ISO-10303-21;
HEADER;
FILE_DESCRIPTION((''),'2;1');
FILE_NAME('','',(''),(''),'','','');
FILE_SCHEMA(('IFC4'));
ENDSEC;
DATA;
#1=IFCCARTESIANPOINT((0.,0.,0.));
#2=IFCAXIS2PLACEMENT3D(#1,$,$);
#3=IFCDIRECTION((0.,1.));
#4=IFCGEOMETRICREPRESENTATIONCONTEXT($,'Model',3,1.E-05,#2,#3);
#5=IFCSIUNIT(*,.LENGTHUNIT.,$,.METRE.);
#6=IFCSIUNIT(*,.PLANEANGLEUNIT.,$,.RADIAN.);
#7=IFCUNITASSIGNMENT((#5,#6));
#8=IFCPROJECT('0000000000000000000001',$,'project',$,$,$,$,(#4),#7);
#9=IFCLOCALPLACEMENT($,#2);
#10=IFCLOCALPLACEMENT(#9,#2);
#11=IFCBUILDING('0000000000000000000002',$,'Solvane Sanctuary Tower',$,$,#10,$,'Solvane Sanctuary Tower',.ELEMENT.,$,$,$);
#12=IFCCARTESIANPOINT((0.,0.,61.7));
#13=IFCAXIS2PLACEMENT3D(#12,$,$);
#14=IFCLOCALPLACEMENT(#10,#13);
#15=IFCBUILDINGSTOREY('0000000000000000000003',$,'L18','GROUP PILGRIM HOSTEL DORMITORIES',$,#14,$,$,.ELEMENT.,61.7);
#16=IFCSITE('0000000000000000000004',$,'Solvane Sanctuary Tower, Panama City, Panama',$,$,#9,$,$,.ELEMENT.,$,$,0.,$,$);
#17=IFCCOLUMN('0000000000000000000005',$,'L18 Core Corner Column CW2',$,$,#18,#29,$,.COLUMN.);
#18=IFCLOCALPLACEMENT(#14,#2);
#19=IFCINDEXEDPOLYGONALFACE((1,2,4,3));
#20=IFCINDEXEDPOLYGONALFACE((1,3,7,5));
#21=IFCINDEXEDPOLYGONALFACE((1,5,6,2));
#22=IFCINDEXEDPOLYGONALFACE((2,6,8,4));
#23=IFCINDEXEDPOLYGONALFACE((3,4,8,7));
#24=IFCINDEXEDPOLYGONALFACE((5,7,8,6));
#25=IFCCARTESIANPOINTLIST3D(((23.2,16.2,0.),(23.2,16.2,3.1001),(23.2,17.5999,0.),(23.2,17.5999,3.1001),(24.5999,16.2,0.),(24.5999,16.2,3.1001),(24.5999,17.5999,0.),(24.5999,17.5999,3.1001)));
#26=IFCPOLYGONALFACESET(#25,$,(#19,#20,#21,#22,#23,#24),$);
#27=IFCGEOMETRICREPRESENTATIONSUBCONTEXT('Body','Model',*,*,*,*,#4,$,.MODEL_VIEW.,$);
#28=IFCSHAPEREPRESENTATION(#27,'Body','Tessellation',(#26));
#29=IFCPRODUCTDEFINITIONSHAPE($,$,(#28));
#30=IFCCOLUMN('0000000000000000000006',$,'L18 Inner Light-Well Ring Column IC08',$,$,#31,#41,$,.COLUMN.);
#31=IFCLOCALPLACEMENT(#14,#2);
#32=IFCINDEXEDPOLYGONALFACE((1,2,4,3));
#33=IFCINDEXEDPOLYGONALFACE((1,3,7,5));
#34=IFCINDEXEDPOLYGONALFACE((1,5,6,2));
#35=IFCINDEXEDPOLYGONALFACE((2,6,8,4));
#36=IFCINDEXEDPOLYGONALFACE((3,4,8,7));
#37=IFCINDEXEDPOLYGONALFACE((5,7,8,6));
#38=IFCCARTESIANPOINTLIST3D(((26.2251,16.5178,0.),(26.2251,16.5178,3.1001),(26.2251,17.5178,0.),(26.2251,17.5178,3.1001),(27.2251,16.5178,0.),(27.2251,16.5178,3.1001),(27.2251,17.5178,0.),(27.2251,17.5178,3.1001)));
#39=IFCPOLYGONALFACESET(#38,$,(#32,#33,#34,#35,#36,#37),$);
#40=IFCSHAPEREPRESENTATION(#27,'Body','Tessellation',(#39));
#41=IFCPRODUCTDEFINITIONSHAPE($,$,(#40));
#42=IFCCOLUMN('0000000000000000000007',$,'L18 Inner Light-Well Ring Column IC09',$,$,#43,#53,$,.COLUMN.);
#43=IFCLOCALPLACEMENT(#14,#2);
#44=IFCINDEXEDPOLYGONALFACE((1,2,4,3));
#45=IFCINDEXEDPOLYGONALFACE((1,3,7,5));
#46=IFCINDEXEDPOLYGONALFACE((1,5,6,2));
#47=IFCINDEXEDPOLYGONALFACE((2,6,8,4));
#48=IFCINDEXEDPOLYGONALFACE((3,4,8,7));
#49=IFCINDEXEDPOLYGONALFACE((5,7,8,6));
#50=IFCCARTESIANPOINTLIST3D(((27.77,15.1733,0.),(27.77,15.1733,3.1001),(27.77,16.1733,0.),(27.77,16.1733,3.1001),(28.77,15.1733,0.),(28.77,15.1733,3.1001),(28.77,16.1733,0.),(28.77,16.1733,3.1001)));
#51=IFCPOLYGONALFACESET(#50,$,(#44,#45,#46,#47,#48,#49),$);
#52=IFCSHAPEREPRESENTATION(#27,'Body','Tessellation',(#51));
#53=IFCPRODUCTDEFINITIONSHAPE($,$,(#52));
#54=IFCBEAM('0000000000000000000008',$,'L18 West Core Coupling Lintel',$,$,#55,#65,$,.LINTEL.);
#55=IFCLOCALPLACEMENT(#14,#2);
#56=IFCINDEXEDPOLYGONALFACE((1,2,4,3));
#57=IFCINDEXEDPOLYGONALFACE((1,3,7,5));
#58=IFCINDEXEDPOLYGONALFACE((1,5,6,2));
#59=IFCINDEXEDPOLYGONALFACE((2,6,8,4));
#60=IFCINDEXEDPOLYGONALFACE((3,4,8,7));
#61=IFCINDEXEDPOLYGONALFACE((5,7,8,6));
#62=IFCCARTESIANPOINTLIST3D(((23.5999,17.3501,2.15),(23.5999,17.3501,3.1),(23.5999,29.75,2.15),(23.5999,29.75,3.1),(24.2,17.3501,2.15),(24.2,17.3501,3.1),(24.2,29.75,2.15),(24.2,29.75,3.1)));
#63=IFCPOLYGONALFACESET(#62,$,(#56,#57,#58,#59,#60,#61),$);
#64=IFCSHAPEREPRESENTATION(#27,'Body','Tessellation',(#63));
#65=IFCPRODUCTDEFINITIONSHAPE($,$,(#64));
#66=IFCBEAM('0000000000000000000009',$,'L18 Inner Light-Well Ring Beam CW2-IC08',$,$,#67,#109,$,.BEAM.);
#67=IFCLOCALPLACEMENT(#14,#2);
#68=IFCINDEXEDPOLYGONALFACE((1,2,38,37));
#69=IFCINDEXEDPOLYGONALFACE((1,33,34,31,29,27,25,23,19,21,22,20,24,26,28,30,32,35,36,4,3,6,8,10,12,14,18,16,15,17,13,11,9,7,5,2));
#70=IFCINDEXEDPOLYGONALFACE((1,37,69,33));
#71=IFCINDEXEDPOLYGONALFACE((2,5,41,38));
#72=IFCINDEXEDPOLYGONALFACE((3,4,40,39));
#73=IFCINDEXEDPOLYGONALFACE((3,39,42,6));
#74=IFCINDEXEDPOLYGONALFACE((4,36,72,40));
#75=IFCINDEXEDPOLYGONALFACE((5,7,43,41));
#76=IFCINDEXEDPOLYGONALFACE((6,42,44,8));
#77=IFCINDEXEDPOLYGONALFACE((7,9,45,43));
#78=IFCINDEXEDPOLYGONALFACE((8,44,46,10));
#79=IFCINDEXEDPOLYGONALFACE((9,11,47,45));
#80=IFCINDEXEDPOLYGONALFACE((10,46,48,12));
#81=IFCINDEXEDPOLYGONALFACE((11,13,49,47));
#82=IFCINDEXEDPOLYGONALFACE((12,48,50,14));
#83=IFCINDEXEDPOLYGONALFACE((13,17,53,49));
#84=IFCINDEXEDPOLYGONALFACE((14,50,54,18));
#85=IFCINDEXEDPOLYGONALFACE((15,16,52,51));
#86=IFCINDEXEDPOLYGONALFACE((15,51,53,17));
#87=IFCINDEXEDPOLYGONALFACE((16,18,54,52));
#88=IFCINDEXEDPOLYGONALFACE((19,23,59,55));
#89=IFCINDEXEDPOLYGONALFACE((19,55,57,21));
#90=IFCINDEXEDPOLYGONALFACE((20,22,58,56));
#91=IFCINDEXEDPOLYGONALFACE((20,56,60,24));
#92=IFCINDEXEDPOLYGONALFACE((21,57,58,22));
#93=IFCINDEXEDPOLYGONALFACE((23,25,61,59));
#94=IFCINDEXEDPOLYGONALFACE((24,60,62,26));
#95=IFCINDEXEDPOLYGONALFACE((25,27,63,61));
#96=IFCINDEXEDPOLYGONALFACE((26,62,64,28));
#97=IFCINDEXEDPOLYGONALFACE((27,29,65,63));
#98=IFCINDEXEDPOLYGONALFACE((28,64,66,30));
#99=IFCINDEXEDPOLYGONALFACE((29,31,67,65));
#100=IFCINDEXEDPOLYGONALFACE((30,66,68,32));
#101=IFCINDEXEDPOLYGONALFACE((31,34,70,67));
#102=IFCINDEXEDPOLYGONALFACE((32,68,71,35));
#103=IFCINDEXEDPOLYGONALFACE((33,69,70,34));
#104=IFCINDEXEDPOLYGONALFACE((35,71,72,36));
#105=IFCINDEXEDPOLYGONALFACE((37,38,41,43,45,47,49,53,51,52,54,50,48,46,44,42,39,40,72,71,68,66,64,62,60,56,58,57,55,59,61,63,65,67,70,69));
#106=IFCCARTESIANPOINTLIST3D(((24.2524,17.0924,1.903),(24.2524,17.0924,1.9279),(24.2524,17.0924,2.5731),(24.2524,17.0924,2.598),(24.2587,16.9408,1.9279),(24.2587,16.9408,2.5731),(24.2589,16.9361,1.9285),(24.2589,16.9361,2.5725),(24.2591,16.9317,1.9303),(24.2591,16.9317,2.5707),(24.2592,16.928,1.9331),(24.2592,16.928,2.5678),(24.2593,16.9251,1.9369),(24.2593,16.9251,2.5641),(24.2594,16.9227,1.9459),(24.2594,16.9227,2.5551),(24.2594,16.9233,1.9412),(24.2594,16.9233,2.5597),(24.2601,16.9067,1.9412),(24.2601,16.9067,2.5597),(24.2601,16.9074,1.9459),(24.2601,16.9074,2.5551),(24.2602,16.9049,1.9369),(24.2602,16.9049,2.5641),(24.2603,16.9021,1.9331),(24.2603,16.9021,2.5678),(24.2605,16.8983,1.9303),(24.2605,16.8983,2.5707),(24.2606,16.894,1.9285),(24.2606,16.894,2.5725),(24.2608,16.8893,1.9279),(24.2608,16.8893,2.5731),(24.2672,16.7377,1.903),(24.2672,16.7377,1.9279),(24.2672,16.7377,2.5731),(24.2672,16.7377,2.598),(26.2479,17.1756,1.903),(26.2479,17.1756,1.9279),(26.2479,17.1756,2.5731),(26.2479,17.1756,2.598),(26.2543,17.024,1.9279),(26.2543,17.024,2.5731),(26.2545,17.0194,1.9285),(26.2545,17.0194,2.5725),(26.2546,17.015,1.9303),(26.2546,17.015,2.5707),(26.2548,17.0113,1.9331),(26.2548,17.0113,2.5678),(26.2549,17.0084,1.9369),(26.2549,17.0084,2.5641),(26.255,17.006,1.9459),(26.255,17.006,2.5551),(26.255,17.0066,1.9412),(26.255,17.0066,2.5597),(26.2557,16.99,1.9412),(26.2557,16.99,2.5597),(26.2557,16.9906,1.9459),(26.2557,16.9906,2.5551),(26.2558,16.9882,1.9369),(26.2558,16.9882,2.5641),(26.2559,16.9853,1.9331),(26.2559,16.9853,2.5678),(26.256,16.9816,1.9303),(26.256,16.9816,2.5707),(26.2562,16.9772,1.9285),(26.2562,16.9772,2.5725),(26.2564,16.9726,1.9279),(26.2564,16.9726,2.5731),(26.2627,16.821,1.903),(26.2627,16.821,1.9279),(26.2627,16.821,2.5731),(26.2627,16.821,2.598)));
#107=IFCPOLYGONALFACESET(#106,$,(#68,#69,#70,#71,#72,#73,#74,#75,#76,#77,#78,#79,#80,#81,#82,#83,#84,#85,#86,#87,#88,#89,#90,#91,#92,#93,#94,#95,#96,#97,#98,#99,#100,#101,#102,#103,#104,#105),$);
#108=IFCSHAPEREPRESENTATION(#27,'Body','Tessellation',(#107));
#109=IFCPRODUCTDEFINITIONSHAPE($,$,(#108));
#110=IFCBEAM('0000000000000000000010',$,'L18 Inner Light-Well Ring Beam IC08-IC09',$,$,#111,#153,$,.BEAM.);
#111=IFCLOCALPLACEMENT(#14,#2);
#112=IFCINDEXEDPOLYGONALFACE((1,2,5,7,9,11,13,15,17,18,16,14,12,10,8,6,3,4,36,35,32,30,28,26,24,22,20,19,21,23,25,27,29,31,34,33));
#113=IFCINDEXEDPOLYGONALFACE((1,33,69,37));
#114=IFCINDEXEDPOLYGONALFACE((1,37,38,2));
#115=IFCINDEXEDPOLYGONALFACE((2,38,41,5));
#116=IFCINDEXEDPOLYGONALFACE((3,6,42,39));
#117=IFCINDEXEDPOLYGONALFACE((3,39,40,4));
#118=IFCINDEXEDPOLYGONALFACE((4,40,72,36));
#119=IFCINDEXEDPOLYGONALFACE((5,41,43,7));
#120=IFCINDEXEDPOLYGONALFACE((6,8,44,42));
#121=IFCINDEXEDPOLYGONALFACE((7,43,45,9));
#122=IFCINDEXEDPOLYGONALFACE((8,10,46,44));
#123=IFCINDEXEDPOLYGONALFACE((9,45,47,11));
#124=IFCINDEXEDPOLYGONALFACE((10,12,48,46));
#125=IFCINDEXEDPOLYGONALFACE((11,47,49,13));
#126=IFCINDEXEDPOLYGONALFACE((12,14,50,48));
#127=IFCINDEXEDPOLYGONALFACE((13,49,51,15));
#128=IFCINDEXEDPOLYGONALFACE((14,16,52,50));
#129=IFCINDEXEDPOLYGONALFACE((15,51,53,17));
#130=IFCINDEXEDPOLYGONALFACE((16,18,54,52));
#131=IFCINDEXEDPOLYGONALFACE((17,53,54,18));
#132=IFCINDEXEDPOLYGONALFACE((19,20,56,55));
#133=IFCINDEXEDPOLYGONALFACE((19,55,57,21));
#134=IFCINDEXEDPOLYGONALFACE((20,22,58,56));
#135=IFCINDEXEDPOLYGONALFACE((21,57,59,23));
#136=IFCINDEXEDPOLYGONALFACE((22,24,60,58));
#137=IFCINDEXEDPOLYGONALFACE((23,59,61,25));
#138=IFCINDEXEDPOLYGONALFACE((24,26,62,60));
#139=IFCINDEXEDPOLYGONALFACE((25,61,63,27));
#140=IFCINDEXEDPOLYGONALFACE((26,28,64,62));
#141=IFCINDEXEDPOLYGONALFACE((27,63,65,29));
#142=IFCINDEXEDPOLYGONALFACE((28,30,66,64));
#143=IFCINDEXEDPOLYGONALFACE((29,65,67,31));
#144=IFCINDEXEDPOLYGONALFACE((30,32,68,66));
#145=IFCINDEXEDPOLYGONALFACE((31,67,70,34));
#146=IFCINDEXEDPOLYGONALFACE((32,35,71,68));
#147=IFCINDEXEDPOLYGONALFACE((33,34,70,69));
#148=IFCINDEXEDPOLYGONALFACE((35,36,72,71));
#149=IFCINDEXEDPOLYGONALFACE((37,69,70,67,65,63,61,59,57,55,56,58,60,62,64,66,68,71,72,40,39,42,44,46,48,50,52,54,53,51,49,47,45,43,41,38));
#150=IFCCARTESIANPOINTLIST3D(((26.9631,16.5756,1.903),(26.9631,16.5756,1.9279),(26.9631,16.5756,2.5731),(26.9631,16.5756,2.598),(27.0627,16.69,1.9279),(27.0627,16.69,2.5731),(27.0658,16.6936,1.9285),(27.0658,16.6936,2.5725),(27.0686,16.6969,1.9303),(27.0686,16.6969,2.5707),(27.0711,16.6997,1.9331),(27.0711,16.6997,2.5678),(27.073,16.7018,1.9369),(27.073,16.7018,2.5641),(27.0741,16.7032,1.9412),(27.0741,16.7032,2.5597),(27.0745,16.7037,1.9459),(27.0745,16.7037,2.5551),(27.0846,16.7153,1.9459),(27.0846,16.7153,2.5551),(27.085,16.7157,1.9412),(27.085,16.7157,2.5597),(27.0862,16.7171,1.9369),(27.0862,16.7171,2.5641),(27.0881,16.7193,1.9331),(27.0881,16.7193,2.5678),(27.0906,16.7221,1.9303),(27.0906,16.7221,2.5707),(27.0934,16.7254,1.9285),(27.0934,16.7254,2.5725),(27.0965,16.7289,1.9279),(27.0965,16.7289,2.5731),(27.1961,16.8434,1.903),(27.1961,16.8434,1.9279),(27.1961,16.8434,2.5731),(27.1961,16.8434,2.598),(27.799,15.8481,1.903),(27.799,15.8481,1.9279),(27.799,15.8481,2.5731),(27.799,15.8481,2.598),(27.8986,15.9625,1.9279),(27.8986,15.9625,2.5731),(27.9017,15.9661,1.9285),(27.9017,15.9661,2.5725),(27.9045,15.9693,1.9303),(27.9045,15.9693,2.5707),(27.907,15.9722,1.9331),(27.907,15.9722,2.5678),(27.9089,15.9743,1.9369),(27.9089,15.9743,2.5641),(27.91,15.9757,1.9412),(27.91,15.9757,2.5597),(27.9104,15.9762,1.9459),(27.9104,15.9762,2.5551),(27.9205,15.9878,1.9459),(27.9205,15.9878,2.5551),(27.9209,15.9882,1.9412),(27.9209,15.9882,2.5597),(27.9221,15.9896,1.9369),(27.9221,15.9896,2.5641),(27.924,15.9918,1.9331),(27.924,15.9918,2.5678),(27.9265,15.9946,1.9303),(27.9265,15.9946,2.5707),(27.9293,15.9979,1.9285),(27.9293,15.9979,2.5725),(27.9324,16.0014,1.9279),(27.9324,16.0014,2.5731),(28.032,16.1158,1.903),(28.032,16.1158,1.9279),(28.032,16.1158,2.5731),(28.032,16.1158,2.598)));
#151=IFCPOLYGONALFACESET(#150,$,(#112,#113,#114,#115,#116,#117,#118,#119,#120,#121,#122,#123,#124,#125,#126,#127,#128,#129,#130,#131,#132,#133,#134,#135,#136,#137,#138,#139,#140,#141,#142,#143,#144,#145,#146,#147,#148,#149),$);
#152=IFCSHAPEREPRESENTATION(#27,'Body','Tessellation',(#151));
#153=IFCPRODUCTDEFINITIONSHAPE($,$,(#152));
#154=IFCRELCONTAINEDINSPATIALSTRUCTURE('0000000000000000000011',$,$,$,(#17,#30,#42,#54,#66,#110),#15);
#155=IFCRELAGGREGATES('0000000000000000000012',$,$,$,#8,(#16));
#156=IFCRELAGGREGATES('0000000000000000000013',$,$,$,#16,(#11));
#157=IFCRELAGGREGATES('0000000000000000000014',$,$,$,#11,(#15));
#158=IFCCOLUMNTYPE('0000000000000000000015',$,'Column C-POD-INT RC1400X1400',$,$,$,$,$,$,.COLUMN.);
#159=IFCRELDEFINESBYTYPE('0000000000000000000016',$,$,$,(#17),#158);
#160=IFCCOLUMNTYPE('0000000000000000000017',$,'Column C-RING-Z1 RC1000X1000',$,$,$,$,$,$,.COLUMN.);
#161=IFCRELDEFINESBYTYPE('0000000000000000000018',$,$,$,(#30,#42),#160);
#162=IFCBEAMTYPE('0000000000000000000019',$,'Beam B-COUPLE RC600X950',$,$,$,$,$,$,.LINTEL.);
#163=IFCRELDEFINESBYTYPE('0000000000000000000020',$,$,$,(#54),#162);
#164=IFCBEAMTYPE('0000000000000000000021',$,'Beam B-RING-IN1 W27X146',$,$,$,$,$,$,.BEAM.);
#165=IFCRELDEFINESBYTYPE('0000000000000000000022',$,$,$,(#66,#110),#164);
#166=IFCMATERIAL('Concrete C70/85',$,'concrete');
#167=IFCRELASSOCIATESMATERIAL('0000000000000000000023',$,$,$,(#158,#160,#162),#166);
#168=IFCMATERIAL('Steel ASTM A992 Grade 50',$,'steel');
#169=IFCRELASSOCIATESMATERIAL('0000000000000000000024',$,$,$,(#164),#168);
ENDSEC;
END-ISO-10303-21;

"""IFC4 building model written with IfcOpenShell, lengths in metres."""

from ifc_helpers import new_model, si_unit, direction, frame, origin, origin_2d, place, context, subcontext, project, spatial, rectangle, i_section, extrude, material, material_profile, profile_set, type_object, element, save


model = new_model("IFC4")

# Units and contexts
model_context = context("Model", 3, precision=1e-05, world=origin(), true_north=direction((0.0, 1.0)))
body_context = subcontext(model_context, "Body", "Model", "MODEL_VIEW")
ifc_project = project(units=[si_unit("LENGTHUNIT", "METRE"), si_unit("PLANEANGLEUNIT", "RADIAN")], contexts=[model_context])

# Site, building, storey
site_placement = place(None, origin())
site = spatial("IfcSite", under=ifc_project, at=site_placement, Name="Solvane Sanctuary Tower, Panama City, Panama", CompositionType="ELEMENT", RefElevation=0.0)
building_placement = place(site_placement, origin())
building = spatial("IfcBuilding", under=site, at=building_placement, Name="Solvane Sanctuary Tower", LongName="Solvane Sanctuary Tower", CompositionType="ELEMENT")
storey_placement = place(building_placement, frame((0.0, 0.0, 61.7)))
storey = spatial("IfcBuildingStorey", under=building, at=storey_placement, Name="L18", Description="GROUP PILGRIM HOSTEL DORMITORIES", CompositionType="ELEMENT", Elevation=61.7)

# Columns
ifc_material_1 = material(Name="Concrete C70/85", Category="concrete")
ifc_material_profile_1 = material_profile(ifc_material_1, rectangle(XDim=1.3999, YDim=1.3999, at=origin_2d()), Name="RC1400X1400")
ifc_profile_set_1 = profile_set([ifc_material_profile_1], Name="Concrete C70/85")
column_type_1 = type_object("IfcColumnType", Name="Column C-POD-INT RC1400X1400", PredefinedType="COLUMN", material=ifc_profile_set_1)
column_placement = place(storey_placement, frame((23.8999, 16.8999, 0.0), z_axis=(0.0, 0.0, 1.0), x_axis=(1.0, 0.0, 0.0)))
element("IfcColumn", 1, at=column_placement, inside=storey, type_object=column_type_1, Name="L18 Core Corner Column CW2", PredefinedType="COLUMN", context=body_context, shape_type="SweptSolid", body=[
    extrude(rectangle(XDim=1.3999, YDim=1.3999, at=origin_2d()), origin(), (0.0, 0.0, 1.0), 3.1001),
])
ifc_material_profile_2 = material_profile(ifc_material_1, rectangle(XDim=1.0, YDim=1.0, at=origin_2d()), Name="RC1000X1000")
ifc_profile_set_2 = profile_set([ifc_material_profile_2], Name="Concrete C70/85")
column_type_2 = type_object("IfcColumnType", Name="Column C-RING-Z1 RC1000X1000", PredefinedType="COLUMN", material=ifc_profile_set_2)
for number, where, z_axis, x_axis, name in (
    (2, (26.7251, 17.0178, 0.0), (0.0, 0.0, 1.0), (1.0, 0.0, 0.0), "L18 Inner Light-Well Ring Column IC08"),
    (3, (28.27, 15.6733, 0.0), (0.0, 0.0, 1.0), (1.0, 0.0, 0.0), "L18 Inner Light-Well Ring Column IC09"),
):
    element("IfcColumn", number, at=place(storey_placement, frame(where, z_axis=z_axis, x_axis=x_axis)), inside=storey, type_object=column_type_2, Name=name, PredefinedType="COLUMN", context=body_context, shape_type="SweptSolid", body=[
        extrude(rectangle(XDim=1.0, YDim=1.0, at=origin_2d()), origin(), (0.0, 0.0, 1.0), 3.1001),
    ])

# Beams
ifc_material_profile_3 = material_profile(ifc_material_1, rectangle(XDim=0.6001, YDim=0.95, at=origin_2d()), Name="RC600X950")
ifc_profile_set_3 = profile_set([ifc_material_profile_3], Name="Concrete C70/85")
beam_type_1 = type_object("IfcBeamType", Name="Beam B-COUPLE RC600X950", PredefinedType="LINTEL", material=ifc_profile_set_3)
beam_1_placement = place(storey_placement, frame((23.8999, 17.3501, 2.625), z_axis=(0.0, 1.0, 0.0), x_axis=(-1.0, 0.0, 0.0)))
element("IfcBeam", 4, at=beam_1_placement, inside=storey, type_object=beam_type_1, Name="L18 West Core Coupling Lintel", PredefinedType="LINTEL", context=body_context, shape_type="SweptSolid", body=[
    extrude(rectangle(XDim=0.6001, YDim=0.95, at=origin_2d()), origin(), (0.0, 0.0, 1.0), 12.3999),
])
ifc_material_2 = material(Name="Steel ASTM A992 Grade 50", Category="steel")
ifc_material_profile_4 = material_profile(ifc_material_2, i_section(OverallWidth=0.355, OverallDepth=0.6951, WebThickness=0.0154, FlangeThickness=0.0249, FilletRadius=0.0181, at=origin_2d()), Name="W27X146")
ifc_profile_set_4 = profile_set([ifc_material_profile_4], Name="Steel ASTM A992 Grade 50")
beam_type_2 = type_object("IfcBeamType", Name="Beam B-RING-IN1 W27X146", PredefinedType="BEAM", material=ifc_profile_set_4)
beam_2_placement = place(storey_placement, frame((24.2598, 16.915, 2.2505), z_axis=(0.999131, 0.041681, 0.0), x_axis=(-0.041681, 0.999131, 0.0)))
element("IfcBeam", 5, at=beam_2_placement, inside=storey, type_object=beam_type_2, Name="L18 Inner Light-Well Ring Beam CW2-IC08", PredefinedType="BEAM", context=body_context, shape_type="SweptSolid", body=[
    extrude(i_section(OverallWidth=0.355, OverallDepth=0.6951, WebThickness=0.0154, FlangeThickness=0.0249, FilletRadius=0.0181, at=origin_2d()), origin(), (0.0, 0.0, 1.0), 1.9973),
])
beam_3_placement = place(storey_placement, frame((27.0796, 16.7095, 2.2505), z_axis=(0.754321, -0.656506, 0.0), x_axis=(0.656506, 0.754321, 0.0)))
element("IfcBeam", 6, at=beam_3_placement, inside=storey, type_object=beam_type_2, Name="L18 Inner Light-Well Ring Beam IC08-IC09", PredefinedType="BEAM", context=body_context, shape_type="SweptSolid", body=[
    extrude(i_section(OverallWidth=0.355, OverallDepth=0.6951, WebThickness=0.0154, FlangeThickness=0.0249, FilletRadius=0.0181, at=origin_2d()), origin(), (0.0, 0.0, 1.0), 1.1082),
])

save(model, "model.ifc")
